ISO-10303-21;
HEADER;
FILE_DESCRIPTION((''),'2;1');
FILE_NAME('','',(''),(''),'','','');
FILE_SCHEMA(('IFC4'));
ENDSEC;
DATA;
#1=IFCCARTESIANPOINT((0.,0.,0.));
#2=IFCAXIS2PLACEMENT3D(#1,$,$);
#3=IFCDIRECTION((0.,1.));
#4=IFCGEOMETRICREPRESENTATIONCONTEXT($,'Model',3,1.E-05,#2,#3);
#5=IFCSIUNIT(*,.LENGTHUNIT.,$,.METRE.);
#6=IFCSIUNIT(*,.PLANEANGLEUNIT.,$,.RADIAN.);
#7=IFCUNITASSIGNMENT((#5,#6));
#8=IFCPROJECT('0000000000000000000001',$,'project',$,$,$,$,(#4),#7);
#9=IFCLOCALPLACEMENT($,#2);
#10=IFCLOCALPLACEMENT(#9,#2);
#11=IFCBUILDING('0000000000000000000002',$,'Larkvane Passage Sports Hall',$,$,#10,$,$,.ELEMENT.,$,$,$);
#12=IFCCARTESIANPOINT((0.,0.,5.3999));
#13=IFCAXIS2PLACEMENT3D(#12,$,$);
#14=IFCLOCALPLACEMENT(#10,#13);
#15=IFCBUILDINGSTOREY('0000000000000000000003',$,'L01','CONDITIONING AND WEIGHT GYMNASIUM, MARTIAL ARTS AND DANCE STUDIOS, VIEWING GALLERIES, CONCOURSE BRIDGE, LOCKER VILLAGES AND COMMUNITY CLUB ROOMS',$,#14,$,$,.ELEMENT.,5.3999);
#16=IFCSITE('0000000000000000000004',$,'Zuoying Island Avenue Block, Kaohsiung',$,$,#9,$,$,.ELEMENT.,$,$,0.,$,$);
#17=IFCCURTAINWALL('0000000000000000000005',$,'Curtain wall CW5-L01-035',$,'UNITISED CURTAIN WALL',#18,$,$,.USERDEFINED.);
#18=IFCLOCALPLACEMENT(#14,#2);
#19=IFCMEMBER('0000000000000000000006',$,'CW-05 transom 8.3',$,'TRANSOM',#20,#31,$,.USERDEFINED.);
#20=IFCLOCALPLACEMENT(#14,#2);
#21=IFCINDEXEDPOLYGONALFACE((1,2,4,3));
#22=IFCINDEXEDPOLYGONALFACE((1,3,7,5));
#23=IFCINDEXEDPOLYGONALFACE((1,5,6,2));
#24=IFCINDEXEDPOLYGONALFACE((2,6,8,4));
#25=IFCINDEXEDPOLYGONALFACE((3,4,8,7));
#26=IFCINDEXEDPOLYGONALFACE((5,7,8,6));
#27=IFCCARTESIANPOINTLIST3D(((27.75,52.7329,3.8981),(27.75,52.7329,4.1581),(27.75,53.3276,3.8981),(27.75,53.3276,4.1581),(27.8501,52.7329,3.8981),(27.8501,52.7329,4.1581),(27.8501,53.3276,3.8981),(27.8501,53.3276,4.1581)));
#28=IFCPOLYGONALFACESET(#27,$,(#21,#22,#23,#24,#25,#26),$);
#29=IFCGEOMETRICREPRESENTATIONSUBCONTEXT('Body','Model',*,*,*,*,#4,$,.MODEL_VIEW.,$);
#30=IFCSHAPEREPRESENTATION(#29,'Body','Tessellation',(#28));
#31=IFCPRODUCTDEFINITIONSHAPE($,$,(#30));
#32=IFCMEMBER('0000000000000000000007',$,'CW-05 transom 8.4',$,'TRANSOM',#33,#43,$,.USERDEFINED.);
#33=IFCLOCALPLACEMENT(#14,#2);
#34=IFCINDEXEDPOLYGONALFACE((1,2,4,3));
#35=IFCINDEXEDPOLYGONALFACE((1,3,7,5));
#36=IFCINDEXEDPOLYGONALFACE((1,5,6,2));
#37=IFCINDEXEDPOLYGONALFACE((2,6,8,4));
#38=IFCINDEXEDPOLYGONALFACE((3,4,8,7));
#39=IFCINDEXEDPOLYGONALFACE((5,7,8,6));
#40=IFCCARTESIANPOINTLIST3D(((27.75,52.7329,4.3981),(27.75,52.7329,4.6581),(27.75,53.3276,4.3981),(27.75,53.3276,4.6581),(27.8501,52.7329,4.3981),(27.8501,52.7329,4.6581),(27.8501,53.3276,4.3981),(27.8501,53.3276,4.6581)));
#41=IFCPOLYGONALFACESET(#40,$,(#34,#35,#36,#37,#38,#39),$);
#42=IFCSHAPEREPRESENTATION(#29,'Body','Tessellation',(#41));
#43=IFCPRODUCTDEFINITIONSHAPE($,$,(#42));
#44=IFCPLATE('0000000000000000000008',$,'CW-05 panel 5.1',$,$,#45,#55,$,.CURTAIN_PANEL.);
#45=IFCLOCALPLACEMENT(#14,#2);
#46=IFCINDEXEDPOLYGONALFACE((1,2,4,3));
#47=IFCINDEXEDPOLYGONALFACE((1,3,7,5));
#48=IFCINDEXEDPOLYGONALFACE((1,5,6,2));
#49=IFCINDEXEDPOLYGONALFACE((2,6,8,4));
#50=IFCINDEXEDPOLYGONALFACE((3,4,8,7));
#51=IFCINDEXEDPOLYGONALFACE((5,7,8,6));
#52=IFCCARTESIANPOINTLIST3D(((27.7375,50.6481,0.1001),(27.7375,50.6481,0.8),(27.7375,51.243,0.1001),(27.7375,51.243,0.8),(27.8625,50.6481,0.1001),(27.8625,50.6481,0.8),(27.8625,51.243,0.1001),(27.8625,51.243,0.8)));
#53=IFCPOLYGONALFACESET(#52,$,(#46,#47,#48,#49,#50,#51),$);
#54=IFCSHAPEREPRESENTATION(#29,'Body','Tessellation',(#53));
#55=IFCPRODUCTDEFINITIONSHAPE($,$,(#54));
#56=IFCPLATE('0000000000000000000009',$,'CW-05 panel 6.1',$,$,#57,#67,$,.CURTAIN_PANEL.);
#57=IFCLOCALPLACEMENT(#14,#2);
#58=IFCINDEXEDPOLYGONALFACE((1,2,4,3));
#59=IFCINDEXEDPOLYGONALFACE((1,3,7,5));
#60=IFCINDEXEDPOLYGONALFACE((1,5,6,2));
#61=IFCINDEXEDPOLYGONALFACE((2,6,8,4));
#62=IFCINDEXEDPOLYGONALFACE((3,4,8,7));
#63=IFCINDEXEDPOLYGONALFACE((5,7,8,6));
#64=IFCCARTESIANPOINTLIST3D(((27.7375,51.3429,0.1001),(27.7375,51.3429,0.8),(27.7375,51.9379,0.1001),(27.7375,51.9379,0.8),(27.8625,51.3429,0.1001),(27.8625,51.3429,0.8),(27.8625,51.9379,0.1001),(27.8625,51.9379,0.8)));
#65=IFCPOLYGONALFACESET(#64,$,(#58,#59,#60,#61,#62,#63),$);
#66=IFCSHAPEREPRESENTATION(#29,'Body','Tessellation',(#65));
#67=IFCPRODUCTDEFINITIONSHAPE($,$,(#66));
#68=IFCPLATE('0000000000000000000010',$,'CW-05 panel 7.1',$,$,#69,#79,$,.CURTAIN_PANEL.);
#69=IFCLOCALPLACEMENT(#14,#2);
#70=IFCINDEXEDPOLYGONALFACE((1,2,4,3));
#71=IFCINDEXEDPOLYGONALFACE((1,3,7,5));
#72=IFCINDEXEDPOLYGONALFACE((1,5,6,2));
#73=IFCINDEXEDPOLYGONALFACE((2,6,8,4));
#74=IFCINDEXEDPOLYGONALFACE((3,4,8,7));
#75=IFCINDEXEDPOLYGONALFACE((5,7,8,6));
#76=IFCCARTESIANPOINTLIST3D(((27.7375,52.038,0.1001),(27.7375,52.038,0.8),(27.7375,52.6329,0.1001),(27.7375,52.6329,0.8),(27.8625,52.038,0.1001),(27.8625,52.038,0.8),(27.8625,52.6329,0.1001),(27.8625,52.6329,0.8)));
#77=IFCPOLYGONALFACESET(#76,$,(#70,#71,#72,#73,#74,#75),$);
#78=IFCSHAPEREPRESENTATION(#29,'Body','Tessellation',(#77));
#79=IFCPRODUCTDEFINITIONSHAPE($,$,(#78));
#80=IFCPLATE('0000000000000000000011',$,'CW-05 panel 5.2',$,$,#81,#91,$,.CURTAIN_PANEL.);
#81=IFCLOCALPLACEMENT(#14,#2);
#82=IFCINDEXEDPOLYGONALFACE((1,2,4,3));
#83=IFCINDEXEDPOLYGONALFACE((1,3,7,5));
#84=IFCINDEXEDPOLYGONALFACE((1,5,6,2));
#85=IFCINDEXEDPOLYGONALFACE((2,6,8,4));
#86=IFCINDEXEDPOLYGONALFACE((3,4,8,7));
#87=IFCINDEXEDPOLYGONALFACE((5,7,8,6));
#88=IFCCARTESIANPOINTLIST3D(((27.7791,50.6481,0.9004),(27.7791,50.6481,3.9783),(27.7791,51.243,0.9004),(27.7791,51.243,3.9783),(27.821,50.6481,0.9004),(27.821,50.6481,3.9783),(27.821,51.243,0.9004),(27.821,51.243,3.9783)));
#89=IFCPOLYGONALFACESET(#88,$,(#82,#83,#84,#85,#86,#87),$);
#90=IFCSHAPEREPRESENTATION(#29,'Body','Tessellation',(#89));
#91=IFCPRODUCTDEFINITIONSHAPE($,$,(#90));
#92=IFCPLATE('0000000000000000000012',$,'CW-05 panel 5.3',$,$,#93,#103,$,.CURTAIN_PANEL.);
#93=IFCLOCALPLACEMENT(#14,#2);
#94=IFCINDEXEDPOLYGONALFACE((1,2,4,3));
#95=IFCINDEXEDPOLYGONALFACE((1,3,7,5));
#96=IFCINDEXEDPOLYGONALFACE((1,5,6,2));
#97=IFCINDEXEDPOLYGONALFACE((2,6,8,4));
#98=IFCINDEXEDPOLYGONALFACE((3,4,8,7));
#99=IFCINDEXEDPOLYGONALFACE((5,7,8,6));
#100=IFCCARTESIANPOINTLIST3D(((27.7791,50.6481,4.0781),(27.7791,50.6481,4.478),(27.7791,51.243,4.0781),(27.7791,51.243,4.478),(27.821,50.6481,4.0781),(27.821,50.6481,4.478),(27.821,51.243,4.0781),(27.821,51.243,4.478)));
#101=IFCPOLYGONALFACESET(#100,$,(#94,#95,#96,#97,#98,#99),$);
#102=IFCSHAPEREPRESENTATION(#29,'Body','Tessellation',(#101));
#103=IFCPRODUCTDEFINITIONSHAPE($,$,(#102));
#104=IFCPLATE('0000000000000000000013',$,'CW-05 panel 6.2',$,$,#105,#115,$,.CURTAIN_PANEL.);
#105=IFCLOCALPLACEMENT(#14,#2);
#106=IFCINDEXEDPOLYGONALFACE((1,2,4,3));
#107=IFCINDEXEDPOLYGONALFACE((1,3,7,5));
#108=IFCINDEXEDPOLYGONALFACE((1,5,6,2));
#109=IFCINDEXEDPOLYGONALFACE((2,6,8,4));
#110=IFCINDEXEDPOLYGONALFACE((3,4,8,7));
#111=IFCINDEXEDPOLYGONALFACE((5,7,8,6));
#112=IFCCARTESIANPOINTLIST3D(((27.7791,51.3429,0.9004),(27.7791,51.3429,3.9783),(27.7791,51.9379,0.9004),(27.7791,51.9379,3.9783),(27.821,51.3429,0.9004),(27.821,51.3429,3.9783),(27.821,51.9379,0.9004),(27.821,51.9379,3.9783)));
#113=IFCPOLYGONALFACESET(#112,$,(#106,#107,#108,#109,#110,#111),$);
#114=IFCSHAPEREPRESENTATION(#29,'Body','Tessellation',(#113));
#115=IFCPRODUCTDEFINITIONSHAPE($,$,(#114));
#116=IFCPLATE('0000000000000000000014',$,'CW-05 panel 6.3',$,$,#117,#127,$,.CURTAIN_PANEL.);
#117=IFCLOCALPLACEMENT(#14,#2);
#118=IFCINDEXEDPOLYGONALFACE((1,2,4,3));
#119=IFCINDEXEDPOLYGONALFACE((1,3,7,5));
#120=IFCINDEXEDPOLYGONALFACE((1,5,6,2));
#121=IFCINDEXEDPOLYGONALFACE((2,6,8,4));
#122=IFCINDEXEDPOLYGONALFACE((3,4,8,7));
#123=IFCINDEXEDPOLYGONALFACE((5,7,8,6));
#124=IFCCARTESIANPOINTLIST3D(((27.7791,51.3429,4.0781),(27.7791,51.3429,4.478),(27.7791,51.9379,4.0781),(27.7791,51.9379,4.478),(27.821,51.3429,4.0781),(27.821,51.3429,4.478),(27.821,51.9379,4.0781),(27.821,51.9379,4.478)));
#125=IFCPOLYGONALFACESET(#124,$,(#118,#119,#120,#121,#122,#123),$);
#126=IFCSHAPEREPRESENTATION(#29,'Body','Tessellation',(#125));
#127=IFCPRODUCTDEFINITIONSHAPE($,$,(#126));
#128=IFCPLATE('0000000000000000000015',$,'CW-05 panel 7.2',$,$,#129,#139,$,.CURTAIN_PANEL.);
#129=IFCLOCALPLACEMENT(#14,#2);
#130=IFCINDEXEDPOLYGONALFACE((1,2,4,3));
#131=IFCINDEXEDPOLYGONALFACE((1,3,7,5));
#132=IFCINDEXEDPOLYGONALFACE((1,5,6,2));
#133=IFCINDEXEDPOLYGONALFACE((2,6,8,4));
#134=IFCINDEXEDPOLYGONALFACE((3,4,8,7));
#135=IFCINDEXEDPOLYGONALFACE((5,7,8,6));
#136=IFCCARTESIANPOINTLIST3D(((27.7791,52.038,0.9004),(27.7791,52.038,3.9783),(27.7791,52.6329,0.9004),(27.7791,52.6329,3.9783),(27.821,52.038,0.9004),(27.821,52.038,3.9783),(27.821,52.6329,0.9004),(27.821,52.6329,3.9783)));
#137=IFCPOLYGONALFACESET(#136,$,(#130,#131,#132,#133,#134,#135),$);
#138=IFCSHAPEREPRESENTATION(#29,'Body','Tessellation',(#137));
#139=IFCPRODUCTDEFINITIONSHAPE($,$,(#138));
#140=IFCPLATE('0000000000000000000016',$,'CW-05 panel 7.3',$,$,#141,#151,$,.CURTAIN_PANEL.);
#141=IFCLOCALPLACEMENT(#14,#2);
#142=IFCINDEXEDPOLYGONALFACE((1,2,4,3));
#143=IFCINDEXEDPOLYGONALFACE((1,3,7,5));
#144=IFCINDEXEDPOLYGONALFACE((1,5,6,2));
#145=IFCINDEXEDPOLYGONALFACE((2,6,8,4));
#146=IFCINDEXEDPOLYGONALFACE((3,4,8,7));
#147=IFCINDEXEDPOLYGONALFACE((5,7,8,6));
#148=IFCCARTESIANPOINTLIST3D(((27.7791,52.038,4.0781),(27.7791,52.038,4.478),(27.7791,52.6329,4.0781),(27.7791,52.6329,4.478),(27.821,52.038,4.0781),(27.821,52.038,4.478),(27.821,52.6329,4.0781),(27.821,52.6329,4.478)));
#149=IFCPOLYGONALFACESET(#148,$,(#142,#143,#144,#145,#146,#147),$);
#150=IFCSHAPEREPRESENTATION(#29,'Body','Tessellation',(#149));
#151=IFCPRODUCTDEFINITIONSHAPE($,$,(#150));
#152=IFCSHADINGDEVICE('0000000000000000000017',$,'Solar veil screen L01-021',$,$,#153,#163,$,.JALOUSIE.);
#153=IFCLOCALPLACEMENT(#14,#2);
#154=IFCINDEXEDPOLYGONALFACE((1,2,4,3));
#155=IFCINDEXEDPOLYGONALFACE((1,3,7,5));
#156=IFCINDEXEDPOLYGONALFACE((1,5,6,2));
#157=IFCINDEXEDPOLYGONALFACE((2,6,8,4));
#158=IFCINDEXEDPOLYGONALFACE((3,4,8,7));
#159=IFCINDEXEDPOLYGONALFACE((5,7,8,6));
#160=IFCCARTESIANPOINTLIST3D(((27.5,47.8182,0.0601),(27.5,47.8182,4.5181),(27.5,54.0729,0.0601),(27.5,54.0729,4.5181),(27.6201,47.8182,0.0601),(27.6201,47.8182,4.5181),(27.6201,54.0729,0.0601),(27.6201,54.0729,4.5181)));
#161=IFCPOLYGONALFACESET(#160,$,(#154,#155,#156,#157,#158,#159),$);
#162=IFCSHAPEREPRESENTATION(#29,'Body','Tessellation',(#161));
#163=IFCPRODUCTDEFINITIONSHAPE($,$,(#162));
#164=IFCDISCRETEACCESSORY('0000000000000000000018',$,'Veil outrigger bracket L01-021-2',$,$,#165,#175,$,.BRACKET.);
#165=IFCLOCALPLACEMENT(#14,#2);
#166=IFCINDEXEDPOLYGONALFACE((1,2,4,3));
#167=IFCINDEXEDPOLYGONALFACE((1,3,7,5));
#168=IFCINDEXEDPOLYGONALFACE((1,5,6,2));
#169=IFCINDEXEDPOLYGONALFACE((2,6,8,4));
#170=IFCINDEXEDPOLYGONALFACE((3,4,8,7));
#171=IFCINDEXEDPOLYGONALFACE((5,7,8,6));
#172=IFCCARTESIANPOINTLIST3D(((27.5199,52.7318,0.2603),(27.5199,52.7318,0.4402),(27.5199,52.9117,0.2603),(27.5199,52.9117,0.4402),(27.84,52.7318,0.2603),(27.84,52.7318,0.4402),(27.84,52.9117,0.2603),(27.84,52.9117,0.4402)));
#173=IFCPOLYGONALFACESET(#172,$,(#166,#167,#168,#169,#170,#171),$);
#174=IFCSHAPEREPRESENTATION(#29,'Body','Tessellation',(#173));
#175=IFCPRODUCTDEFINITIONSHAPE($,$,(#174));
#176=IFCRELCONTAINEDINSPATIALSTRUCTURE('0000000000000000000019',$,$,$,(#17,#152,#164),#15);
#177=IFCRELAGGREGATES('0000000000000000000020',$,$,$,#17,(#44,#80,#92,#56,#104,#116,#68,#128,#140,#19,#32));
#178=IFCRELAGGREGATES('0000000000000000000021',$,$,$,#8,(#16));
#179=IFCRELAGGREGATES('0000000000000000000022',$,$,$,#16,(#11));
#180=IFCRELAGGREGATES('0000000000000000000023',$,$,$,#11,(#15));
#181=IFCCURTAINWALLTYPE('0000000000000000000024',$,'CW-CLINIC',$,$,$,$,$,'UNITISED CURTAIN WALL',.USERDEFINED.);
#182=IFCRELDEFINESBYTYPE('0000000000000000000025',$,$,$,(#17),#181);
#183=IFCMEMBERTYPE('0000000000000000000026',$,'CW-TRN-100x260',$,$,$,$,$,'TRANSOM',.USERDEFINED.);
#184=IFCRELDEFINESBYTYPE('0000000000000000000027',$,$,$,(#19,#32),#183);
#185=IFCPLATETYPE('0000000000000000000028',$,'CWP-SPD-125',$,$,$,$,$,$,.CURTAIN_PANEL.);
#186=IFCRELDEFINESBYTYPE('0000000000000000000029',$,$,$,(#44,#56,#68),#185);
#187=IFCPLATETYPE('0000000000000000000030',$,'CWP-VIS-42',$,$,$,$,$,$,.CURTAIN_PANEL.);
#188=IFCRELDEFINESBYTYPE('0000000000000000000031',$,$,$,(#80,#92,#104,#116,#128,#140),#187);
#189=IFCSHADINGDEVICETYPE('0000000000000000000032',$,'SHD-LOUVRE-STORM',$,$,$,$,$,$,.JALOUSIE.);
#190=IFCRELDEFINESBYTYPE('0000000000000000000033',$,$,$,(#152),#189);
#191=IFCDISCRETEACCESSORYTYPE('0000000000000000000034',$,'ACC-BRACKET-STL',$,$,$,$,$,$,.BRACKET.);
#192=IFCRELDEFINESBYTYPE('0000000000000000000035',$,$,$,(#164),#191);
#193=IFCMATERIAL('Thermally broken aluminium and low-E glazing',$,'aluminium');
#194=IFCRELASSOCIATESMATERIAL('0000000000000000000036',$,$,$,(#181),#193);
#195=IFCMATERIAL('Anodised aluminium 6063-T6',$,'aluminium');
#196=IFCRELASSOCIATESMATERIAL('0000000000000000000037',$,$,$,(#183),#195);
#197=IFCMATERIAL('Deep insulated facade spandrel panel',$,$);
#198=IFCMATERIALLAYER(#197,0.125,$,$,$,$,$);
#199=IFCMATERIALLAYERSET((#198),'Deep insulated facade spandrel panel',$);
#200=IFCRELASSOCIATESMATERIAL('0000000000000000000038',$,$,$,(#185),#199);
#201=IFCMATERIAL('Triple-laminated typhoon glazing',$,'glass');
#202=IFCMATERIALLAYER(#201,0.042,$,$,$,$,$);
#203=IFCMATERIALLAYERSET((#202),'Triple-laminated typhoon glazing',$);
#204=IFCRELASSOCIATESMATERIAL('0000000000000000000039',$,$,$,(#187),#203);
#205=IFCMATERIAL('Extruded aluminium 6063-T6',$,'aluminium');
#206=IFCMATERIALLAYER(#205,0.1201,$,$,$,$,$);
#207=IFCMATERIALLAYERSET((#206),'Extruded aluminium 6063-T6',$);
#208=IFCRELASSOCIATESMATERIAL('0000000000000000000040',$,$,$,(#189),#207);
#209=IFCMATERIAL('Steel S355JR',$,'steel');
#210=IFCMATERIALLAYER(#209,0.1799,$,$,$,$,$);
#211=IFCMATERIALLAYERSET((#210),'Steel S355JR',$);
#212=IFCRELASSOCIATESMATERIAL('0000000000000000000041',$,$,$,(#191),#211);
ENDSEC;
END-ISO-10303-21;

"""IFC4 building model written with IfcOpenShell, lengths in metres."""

from ifc_helpers import new_model, si_unit, direction, frame, origin, origin_2d, place, context, subcontext, project, spatial, rectangle, extrude, material, layer, layer_set, material_profile, profile_set, type_object, element, aggregate, save


model = new_model("IFC4")

# Units and contexts
model_context = context("Model", 3, precision=1e-05, world=origin(), true_north=direction((0.0, 1.0)))
body_context = subcontext(model_context, "Body", "Model", "MODEL_VIEW")
ifc_project = project(units=[si_unit("LENGTHUNIT", "METRE"), si_unit("PLANEANGLEUNIT", "RADIAN")], contexts=[model_context])

# Site, building, storey
site_placement = place(None, origin())
site = spatial("IfcSite", under=ifc_project, at=site_placement, Name="Zuoying Island Avenue Block, Kaohsiung", CompositionType="ELEMENT", RefElevation=0.0)
building_placement = place(site_placement, origin())
building = spatial("IfcBuilding", under=site, at=building_placement, Name="Larkvane Passage Sports Hall", CompositionType="ELEMENT")
storey_placement = place(building_placement, frame((0.0, 0.0, 5.3999)))
storey = spatial("IfcBuildingStorey", under=building, at=storey_placement, Name="L01", Description="CONDITIONING AND WEIGHT GYMNASIUM, MARTIAL ARTS AND DANCE STUDIOS, VIEWING GALLERIES, CONCOURSE BRIDGE, LOCKER VILLAGES AND COMMUNITY CLUB ROOMS", CompositionType="ELEMENT", Elevation=5.3999)

# Curtain wall, members, plates
ifc_material_1 = material(Name="Thermally broken aluminium and low-E glazing", Category="aluminium")
curtain_wall_type = type_object("IfcCurtainWallType", Name="CW-CLINIC", ElementType="UNITISED CURTAIN WALL", PredefinedType="USERDEFINED", material=ifc_material_1)
curtain_wall_placement = place(storey_placement, origin())
curtain_wall = element("IfcCurtainWall", 1, at=curtain_wall_placement, inside=storey, type_object=curtain_wall_type, Name="Curtain wall CW5-L01-035", ObjectType="UNITISED CURTAIN WALL", PredefinedType="USERDEFINED")
ifc_material_2 = material(Name="Anodised aluminium 6063-T6", Category="aluminium")
ifc_material_profile_1 = material_profile(ifc_material_2, rectangle(XDim=0.1001, YDim=0.26, at=origin_2d()), Name="ALU-TRN-100x260")
ifc_profile_set_1 = profile_set([ifc_material_profile_1], Name="Anodised aluminium 6063-T6")
member_type_1 = type_object("IfcMemberType", Name="CW-TRN-100x260", ElementType="TRANSOM", PredefinedType="USERDEFINED", material=ifc_profile_set_1)
member_1_placement = place(storey_placement, frame((27.8, 52.7329, 4.0281), z_axis=(0.0, 1.0, 0.0), x_axis=(-1.0, 0.0, 0.0)))
member_1 = element("IfcMember", 2, at=member_1_placement, type_object=member_type_1, Name="CW-05 transom 8.3", ObjectType="TRANSOM", PredefinedType="USERDEFINED", context=body_context, shape_type="SweptSolid", body=[
    extrude(rectangle(XDim=0.1001, YDim=0.26, at=origin_2d()), origin(), (0.0, 0.0, 1.0), 0.5947),
])
member_2_placement = place(storey_placement, frame((27.8, 52.7329, 4.5281), z_axis=(0.0, 1.0, 0.0), x_axis=(-1.0, 0.0, 0.0)))
member_2 = element("IfcMember", 3, at=member_2_placement, type_object=member_type_1, Name="CW-05 transom 8.4", ObjectType="TRANSOM", PredefinedType="USERDEFINED", context=body_context, shape_type="SweptSolid", body=[
    extrude(rectangle(XDim=0.1001, YDim=0.26, at=origin_2d()), origin(), (0.0, 0.0, 1.0), 0.5947),
])
ifc_material_3 = material(Name="Deep insulated facade spandrel panel")
ifc_layer_1 = layer(ifc_material_3, 0.125)
ifc_layer_set_1 = layer_set([ifc_layer_1], Name="Deep insulated facade spandrel panel")
plate_type_1 = type_object("IfcPlateType", Name="CWP-SPD-125", PredefinedType="CURTAIN_PANEL", material=ifc_layer_set_1)
plate_1_placement = place(storey_placement, frame((27.8, 50.9456, 0.1001), z_axis=(0.0, 0.0, 1.0), x_axis=(0.0, 1.0, 0.0)))
plate_1 = element("IfcPlate", 4, at=plate_1_placement, type_object=plate_type_1, Name="CW-05 panel 5.1", PredefinedType="CURTAIN_PANEL", context=body_context, shape_type="SweptSolid", body=[
    extrude(rectangle(XDim=0.595, YDim=0.125, at=origin_2d()), origin(), (0.0, 0.0, 1.0), 0.7),
])
plate_2_placement = place(storey_placement, frame((27.8, 51.6404, 0.1001), z_axis=(0.0, 0.0, 1.0), x_axis=(0.0, 1.0, 0.0)))
plate_2 = element("IfcPlate", 5, at=plate_2_placement, type_object=plate_type_1, Name="CW-05 panel 6.1", PredefinedType="CURTAIN_PANEL", context=body_context, shape_type="SweptSolid", body=[
    extrude(rectangle(XDim=0.595, YDim=0.125, at=origin_2d()), origin(), (0.0, 0.0, 1.0), 0.7),
])
plate_3_placement = place(storey_placement, frame((27.8, 52.3354, 0.1001), z_axis=(0.0, 0.0, 1.0), x_axis=(0.0, 1.0, 0.0)))
plate_3 = element("IfcPlate", 6, at=plate_3_placement, type_object=plate_type_1, Name="CW-05 panel 7.1", PredefinedType="CURTAIN_PANEL", context=body_context, shape_type="SweptSolid", body=[
    extrude(rectangle(XDim=0.595, YDim=0.125, at=origin_2d()), origin(), (0.0, 0.0, 1.0), 0.7),
])
ifc_material_4 = material(Name="Triple-laminated typhoon glazing", Category="glass")
ifc_layer_2 = layer(ifc_material_4, 0.042)
ifc_layer_set_2 = layer_set([ifc_layer_2], Name="Triple-laminated typhoon glazing")
plate_type_2 = type_object("IfcPlateType", Name="CWP-VIS-42", PredefinedType="CURTAIN_PANEL", material=ifc_layer_set_2)
plate_4_placement = place(storey_placement, frame((27.8, 50.9456, 0.9004), z_axis=(0.0, 0.0, 1.0), x_axis=(0.0, 1.0, 0.0)))
plate_4 = element("IfcPlate", 7, at=plate_4_placement, type_object=plate_type_2, Name="CW-05 panel 5.2", PredefinedType="CURTAIN_PANEL", context=body_context, shape_type="SweptSolid", body=[
    extrude(rectangle(XDim=0.595, YDim=0.042, at=origin_2d()), origin(), (0.0, 0.0, 1.0), 3.0779),
])
plate_5_placement = place(storey_placement, frame((27.8, 50.9456, 4.0781), z_axis=(0.0, 0.0, 1.0), x_axis=(0.0, 1.0, 0.0)))
plate_5 = element("IfcPlate", 8, at=plate_5_placement, type_object=plate_type_2, Name="CW-05 panel 5.3", PredefinedType="CURTAIN_PANEL", context=body_context, shape_type="SweptSolid", body=[
    extrude(rectangle(XDim=0.595, YDim=0.042, at=origin_2d()), origin(), (0.0, 0.0, 1.0), 0.3999),
])
plate_6_placement = place(storey_placement, frame((27.8, 51.6404, 0.9004), z_axis=(0.0, 0.0, 1.0), x_axis=(0.0, 1.0, 0.0)))
plate_6 = element("IfcPlate", 9, at=plate_6_placement, type_object=plate_type_2, Name="CW-05 panel 6.2", PredefinedType="CURTAIN_PANEL", context=body_context, shape_type="SweptSolid", body=[
    extrude(rectangle(XDim=0.595, YDim=0.042, at=origin_2d()), origin(), (0.0, 0.0, 1.0), 3.0779),
])
plate_7_placement = place(storey_placement, frame((27.8, 51.6404, 4.0781), z_axis=(0.0, 0.0, 1.0), x_axis=(0.0, 1.0, 0.0)))
plate_7 = element("IfcPlate", 10, at=plate_7_placement, type_object=plate_type_2, Name="CW-05 panel 6.3", PredefinedType="CURTAIN_PANEL", context=body_context, shape_type="SweptSolid", body=[
    extrude(rectangle(XDim=0.595, YDim=0.042, at=origin_2d()), origin(), (0.0, 0.0, 1.0), 0.3999),
])
plate_8_placement = place(storey_placement, frame((27.8, 52.3354, 0.9004), z_axis=(0.0, 0.0, 1.0), x_axis=(0.0, 1.0, 0.0)))
plate_8 = element("IfcPlate", 11, at=plate_8_placement, type_object=plate_type_2, Name="CW-05 panel 7.2", PredefinedType="CURTAIN_PANEL", context=body_context, shape_type="SweptSolid", body=[
    extrude(rectangle(XDim=0.595, YDim=0.042, at=origin_2d()), origin(), (0.0, 0.0, 1.0), 3.0779),
])
plate_9_placement = place(storey_placement, frame((27.8, 52.3354, 4.0781), z_axis=(0.0, 0.0, 1.0), x_axis=(0.0, 1.0, 0.0)))
plate_9 = element("IfcPlate", 12, at=plate_9_placement, type_object=plate_type_2, Name="CW-05 panel 7.3", PredefinedType="CURTAIN_PANEL", context=body_context, shape_type="SweptSolid", body=[
    extrude(rectangle(XDim=0.595, YDim=0.042, at=origin_2d()), origin(), (0.0, 0.0, 1.0), 0.3999),
])
aggregate(curtain_wall, [plate_1, plate_4, plate_5, plate_2, plate_6, plate_7, plate_3, plate_8, plate_9, member_1, member_2])

# Shading device
ifc_material_5 = material(Name="Extruded aluminium 6063-T6", Category="aluminium")
ifc_layer_3 = layer(ifc_material_5, 0.1201)
ifc_layer_set_3 = layer_set([ifc_layer_3], Name="Extruded aluminium 6063-T6")
shading_device_type = type_object("IfcShadingDeviceType", Name="SHD-LOUVRE-STORM", PredefinedType="JALOUSIE", material=ifc_layer_set_3)
shading_device_placement = place(storey_placement, frame((27.5601, 50.9456, 0.0601), z_axis=(0.0, 0.0, 1.0), x_axis=(0.0, 1.0, 0.0)))
element("IfcShadingDevice", 13, at=shading_device_placement, inside=storey, type_object=shading_device_type, Name="Solar veil screen L01-021", PredefinedType="JALOUSIE", context=body_context, shape_type="SweptSolid", body=[
    extrude(rectangle(XDim=6.2546, YDim=0.1201, at=origin_2d()), origin(), (0.0, 0.0, 1.0), 4.458),
])

# Discrete accessory
ifc_material_6 = material(Name="Steel S355JR", Category="steel")
ifc_layer_4 = layer(ifc_material_6, 0.1799)
ifc_layer_set_4 = layer_set([ifc_layer_4], Name="Steel S355JR")
discrete_accessory_type = type_object("IfcDiscreteAccessoryType", Name="ACC-BRACKET-STL", PredefinedType="BRACKET", material=ifc_layer_set_4)
discrete_accessory_placement = place(storey_placement, frame((27.6799, 52.8218, 0.2603), z_axis=(0.0, 0.0, 1.0), x_axis=(0.0, 1.0, 0.0)))
element("IfcDiscreteAccessory", 14, at=discrete_accessory_placement, inside=storey, type_object=discrete_accessory_type, Name="Veil outrigger bracket L01-021-2", PredefinedType="BRACKET", context=body_context, shape_type="SweptSolid", body=[
    extrude(rectangle(XDim=0.1799, YDim=0.3201, at=origin_2d()), origin(), (0.0, 0.0, 1.0), 0.1799),
])

save(model, "model.ifc")
